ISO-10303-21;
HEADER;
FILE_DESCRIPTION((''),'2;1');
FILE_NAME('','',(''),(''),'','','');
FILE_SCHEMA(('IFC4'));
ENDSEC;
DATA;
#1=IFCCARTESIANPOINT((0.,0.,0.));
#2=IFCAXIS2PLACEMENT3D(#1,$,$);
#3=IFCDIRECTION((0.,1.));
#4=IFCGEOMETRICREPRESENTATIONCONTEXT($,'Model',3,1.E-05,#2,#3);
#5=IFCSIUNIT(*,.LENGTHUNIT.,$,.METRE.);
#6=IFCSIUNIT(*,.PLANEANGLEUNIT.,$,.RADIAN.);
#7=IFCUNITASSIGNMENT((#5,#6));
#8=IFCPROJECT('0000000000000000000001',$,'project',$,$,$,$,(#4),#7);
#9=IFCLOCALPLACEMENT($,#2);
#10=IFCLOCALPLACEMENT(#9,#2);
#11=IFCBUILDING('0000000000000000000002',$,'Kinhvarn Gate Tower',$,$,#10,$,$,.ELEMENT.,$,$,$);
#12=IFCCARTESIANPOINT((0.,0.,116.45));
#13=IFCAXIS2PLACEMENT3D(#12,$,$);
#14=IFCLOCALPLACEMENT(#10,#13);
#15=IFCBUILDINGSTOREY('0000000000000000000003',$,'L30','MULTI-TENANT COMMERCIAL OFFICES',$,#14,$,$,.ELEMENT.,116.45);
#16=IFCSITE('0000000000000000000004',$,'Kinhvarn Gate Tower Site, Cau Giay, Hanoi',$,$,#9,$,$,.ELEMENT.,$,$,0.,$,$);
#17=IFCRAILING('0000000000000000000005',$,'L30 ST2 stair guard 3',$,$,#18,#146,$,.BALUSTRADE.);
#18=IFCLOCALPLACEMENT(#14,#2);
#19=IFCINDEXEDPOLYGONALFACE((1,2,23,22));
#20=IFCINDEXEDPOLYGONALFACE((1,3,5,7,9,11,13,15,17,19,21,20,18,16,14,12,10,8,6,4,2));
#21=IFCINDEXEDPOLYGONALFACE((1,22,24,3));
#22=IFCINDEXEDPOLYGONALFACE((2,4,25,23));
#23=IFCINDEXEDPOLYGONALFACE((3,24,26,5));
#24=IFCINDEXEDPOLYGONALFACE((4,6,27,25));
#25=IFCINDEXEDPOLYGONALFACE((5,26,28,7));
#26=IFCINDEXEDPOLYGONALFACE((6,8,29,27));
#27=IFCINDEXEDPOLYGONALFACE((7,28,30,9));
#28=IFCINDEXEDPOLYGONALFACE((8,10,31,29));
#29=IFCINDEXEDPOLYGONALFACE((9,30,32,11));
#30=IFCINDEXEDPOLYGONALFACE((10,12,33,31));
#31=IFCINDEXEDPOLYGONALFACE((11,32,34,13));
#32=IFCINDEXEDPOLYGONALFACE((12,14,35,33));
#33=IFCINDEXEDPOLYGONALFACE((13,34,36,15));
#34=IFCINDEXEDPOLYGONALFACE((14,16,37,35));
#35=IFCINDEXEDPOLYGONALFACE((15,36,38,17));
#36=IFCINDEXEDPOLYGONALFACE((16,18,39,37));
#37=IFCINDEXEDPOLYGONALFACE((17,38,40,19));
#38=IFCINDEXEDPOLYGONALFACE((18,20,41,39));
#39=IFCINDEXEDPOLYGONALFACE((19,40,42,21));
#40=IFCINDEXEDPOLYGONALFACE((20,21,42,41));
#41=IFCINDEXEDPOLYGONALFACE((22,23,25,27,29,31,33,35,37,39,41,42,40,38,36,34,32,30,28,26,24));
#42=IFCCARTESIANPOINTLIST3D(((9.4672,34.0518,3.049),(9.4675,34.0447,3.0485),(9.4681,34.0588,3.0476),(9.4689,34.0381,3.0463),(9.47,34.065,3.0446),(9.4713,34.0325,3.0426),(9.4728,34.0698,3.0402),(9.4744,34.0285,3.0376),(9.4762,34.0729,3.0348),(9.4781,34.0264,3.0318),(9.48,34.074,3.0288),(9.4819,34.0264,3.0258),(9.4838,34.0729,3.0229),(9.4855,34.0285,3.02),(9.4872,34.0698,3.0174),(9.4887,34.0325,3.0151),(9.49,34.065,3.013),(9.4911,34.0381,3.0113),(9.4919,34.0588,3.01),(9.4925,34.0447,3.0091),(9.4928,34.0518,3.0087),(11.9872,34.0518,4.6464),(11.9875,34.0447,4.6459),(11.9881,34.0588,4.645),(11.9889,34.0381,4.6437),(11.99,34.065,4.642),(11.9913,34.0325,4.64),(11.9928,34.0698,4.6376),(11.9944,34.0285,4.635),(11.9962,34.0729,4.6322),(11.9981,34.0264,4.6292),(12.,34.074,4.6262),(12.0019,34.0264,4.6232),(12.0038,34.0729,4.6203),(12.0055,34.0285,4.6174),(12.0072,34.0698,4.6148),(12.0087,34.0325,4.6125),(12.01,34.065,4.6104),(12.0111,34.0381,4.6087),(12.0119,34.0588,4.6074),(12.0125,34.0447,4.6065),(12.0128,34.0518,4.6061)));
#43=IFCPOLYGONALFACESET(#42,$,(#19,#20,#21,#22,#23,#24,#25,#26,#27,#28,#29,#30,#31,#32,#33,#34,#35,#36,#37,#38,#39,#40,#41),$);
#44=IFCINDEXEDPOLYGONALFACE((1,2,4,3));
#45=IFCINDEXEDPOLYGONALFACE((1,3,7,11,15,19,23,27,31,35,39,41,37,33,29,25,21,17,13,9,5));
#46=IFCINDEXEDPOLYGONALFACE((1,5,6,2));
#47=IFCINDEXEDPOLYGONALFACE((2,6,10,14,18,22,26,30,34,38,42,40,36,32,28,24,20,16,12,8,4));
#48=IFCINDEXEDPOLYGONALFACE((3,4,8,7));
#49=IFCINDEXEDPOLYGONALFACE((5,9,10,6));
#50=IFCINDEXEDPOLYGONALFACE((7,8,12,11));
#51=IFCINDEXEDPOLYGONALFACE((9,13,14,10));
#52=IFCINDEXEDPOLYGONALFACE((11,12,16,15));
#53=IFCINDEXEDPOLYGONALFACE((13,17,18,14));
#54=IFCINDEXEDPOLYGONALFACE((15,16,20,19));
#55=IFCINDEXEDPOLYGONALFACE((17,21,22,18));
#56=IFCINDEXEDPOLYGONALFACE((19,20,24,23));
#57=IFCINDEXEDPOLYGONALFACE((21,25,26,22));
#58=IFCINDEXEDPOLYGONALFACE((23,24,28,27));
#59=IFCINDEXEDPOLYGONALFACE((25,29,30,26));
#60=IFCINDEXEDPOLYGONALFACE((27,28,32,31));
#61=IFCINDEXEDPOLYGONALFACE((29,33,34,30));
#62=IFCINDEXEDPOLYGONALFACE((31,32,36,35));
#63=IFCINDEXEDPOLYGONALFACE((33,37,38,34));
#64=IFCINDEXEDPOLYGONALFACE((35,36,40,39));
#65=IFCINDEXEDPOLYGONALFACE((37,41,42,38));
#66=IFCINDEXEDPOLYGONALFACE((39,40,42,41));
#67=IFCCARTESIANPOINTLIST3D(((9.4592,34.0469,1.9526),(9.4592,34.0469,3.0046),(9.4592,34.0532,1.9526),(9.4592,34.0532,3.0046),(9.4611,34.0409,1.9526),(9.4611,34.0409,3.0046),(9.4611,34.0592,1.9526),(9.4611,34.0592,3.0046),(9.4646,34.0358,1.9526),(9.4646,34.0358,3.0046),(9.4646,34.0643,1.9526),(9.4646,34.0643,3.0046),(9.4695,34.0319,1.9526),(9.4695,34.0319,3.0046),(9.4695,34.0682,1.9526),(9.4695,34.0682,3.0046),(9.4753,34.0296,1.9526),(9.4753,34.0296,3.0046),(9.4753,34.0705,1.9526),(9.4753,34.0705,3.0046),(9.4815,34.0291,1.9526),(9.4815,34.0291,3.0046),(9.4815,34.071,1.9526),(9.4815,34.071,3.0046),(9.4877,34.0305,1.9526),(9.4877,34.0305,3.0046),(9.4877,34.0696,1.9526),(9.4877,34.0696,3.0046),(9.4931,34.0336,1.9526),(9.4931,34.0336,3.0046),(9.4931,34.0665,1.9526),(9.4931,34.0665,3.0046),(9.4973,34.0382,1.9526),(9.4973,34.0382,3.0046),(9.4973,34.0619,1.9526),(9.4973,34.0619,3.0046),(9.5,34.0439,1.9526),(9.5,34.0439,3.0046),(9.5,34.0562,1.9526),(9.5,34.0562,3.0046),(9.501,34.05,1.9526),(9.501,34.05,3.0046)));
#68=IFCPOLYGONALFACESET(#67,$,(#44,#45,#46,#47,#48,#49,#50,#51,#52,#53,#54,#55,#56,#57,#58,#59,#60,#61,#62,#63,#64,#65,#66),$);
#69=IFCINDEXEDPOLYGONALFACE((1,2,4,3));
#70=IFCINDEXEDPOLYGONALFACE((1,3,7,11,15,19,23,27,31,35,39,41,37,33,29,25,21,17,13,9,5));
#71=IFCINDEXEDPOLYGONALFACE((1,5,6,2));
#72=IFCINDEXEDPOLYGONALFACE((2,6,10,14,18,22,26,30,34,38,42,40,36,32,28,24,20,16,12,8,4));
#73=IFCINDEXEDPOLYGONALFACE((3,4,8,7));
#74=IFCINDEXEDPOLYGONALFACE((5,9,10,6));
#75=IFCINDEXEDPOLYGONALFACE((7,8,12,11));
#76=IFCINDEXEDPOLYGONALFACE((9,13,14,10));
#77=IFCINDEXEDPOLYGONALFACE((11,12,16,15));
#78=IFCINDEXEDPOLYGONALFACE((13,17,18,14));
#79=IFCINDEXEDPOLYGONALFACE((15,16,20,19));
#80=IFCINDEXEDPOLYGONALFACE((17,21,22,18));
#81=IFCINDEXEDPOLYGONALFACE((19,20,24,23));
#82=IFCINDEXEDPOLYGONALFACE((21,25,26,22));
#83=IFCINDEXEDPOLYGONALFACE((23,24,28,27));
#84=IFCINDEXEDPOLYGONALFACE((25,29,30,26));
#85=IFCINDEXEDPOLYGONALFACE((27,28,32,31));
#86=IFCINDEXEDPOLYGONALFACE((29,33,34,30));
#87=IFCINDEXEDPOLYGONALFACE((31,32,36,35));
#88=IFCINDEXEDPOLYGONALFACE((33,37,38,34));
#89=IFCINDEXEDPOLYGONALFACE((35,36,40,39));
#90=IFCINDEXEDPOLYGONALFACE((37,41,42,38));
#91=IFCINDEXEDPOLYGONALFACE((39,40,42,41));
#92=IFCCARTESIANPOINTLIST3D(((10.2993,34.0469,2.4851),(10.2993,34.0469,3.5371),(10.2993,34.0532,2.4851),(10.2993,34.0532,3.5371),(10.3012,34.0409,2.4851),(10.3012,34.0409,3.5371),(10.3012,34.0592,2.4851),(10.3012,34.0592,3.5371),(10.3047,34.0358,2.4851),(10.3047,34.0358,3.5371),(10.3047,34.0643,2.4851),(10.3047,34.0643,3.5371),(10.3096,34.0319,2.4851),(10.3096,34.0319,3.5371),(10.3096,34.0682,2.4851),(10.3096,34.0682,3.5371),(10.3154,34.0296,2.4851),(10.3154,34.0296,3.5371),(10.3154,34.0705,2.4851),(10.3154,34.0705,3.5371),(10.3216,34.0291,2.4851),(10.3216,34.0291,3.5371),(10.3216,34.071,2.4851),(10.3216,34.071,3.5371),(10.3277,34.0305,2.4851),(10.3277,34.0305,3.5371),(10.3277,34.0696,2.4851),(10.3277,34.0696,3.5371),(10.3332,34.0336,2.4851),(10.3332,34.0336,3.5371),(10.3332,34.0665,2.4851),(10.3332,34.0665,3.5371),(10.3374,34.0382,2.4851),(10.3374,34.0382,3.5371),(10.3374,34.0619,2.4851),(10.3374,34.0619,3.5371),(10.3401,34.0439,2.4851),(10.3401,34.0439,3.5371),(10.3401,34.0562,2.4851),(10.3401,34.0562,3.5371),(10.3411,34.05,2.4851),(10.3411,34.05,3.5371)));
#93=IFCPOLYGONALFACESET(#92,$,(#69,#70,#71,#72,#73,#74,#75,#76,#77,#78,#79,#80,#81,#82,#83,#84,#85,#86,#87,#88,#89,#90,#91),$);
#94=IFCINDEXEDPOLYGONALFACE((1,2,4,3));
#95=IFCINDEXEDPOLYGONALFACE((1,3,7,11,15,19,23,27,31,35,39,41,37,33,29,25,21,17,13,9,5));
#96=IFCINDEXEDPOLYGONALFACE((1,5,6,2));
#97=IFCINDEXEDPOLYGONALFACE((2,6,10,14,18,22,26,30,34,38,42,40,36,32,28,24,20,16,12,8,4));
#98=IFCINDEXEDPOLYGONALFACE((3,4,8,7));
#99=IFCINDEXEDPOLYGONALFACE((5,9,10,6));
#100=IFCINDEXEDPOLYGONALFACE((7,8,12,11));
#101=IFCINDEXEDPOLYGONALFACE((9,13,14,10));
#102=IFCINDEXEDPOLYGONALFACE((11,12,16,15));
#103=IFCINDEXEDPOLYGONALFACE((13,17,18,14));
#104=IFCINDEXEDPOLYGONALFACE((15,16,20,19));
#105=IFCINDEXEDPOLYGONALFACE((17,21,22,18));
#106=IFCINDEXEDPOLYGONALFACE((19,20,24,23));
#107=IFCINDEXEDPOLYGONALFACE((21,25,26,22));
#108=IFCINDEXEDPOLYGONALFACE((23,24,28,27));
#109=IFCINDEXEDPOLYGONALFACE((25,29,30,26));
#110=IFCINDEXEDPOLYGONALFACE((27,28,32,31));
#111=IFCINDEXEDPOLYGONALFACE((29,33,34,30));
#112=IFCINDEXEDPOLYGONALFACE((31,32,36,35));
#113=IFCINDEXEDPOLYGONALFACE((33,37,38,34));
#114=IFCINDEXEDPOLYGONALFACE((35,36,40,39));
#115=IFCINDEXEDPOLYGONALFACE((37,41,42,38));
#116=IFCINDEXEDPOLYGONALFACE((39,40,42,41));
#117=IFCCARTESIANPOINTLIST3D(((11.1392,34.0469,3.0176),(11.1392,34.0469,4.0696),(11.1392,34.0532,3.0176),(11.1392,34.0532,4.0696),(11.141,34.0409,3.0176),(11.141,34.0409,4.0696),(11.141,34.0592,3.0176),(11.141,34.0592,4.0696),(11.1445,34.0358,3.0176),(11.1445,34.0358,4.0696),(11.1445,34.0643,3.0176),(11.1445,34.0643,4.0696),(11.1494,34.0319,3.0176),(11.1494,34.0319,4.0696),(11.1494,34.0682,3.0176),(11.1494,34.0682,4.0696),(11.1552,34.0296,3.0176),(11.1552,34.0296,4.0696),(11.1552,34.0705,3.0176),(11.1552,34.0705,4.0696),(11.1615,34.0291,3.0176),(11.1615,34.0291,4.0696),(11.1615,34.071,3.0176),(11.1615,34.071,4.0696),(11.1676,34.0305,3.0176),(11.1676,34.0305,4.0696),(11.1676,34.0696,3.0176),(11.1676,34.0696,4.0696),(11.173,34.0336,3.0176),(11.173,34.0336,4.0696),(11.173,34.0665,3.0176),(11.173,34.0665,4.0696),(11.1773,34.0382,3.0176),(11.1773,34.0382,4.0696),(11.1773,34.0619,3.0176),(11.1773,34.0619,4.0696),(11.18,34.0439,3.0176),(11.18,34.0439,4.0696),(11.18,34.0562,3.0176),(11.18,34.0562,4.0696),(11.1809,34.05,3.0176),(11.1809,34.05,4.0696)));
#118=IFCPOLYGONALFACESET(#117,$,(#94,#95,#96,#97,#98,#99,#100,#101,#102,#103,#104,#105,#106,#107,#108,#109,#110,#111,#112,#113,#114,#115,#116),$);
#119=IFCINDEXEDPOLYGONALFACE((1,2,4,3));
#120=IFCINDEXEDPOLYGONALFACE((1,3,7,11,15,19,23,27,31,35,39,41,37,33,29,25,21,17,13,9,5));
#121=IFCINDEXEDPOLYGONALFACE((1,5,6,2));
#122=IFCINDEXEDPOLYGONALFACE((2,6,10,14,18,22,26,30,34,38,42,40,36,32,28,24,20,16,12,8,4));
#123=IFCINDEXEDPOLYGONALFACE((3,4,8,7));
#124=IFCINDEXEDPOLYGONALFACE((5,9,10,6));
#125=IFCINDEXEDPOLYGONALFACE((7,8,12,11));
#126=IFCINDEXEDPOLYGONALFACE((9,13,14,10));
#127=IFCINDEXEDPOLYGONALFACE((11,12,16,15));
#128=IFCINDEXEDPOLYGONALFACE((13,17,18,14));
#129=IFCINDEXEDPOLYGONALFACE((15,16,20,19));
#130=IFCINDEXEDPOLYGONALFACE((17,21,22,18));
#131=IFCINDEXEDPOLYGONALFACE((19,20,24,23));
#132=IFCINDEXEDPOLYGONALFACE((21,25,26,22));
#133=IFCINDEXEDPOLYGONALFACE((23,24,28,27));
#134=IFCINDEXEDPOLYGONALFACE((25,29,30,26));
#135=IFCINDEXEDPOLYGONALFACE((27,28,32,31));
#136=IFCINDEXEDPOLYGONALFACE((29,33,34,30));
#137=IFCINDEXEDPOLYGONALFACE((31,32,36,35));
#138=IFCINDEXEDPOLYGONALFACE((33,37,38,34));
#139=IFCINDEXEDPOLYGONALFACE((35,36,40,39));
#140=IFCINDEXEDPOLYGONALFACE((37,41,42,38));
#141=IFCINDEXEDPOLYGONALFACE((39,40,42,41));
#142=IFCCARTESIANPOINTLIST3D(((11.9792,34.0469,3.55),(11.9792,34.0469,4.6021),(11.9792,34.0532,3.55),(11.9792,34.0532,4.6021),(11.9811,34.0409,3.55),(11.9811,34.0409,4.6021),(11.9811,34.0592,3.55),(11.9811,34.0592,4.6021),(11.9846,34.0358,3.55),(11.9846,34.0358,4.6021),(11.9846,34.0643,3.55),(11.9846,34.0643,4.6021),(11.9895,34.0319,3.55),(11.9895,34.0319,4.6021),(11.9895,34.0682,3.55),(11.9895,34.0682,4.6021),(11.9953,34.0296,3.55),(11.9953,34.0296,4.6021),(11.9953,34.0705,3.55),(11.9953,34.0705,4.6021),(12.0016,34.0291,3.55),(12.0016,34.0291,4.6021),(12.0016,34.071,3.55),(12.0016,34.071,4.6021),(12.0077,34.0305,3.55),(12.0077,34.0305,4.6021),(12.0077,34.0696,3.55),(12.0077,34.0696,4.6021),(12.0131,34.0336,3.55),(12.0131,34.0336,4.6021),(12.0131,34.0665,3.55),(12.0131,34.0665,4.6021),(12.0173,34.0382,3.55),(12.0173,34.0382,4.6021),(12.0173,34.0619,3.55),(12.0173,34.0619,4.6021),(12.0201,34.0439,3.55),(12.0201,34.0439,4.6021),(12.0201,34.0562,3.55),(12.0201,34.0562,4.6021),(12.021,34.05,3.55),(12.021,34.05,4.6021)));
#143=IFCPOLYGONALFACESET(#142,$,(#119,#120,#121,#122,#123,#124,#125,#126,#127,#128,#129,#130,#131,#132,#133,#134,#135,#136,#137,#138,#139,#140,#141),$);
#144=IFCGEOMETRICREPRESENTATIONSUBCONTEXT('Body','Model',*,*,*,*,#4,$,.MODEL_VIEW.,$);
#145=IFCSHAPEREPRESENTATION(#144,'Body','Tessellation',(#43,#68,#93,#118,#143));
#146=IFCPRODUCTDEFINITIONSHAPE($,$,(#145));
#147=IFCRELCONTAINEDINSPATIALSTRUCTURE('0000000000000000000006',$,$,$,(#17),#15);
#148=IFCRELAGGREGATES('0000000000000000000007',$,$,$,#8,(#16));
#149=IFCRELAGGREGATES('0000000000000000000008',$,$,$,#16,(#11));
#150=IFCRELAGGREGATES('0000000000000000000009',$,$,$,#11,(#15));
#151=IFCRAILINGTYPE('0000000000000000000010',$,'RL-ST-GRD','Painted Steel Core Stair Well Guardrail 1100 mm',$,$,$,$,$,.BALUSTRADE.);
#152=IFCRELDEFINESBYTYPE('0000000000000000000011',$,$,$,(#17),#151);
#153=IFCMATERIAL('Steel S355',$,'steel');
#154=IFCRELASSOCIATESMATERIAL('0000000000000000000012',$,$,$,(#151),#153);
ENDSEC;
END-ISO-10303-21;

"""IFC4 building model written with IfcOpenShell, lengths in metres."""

from ifc_helpers import new_model, si_unit, direction, frame, origin, origin_2d, place, context, subcontext, project, spatial, circle, extrude, material, type_object, element, save


model = new_model("IFC4")

# Units and contexts
model_context = context("Model", 3, precision=1e-05, world=origin(), true_north=direction((0.0, 1.0)))
body_context = subcontext(model_context, "Body", "Model", "MODEL_VIEW")
ifc_project = project(units=[si_unit("LENGTHUNIT", "METRE"), si_unit("PLANEANGLEUNIT", "RADIAN")], contexts=[model_context])

# Site, building, storey
site_placement = place(None, origin())
site = spatial("IfcSite", under=ifc_project, at=site_placement, Name="Kinhvarn Gate Tower Site, Cau Giay, Hanoi", CompositionType="ELEMENT", RefElevation=0.0)
building_placement = place(site_placement, origin())
building = spatial("IfcBuilding", under=site, at=building_placement, Name="Kinhvarn Gate Tower", CompositionType="ELEMENT")
storey_placement = place(building_placement, frame((0.0, 0.0, 116.45)))
storey = spatial("IfcBuildingStorey", under=building, at=storey_placement, Name="L30", Description="MULTI-TENANT COMMERCIAL OFFICES", CompositionType="ELEMENT", Elevation=116.45)

# Shared definitions
ifc_material_1 = material(Name="Steel S355", Category="steel")

# Railing
railing_type_1 = type_object("IfcRailingType", Name="RL-ST-GRD", Description="Painted Steel Core Stair Well Guardrail 1100 mm", PredefinedType="BALUSTRADE", material=ifc_material_1)
railing_1_placement = place(storey_placement, frame((9.48, 34.05, 1.9526)))
element("IfcRailing", 1, at=railing_1_placement, inside=storey, type_object=railing_type_1, Name="L30 ST2 stair guard 3", PredefinedType="BALUSTRADE", context=body_context, shape_type="SweptSolid", body=[
    extrude(circle(Radius=0.0239, at=origin_2d()), frame((0.0, 0.0, 1.0762), z_axis=(0.844607, 0.0, 0.535387), x_axis=(0.0, 1.0, 0.0)), (0.0, 0.0, 1.0), 2.9836),
    extrude(circle(Radius=0.021, at=origin_2d()), origin(), (0.0, 0.0, 1.0), 1.052),
    extrude(circle(Radius=0.021, at=origin_2d()), frame((0.8401, 0.0, 0.5325)), (0.0, 0.0, 1.0), 1.052),
    extrude(circle(Radius=0.021, at=origin_2d()), frame((1.6799, 0.0, 1.0649)), (0.0, 0.0, 1.0), 1.052),
    extrude(circle(Radius=0.021, at=origin_2d()), frame((2.52, 0.0, 1.5974)), (0.0, 0.0, 1.0), 1.052),
])

save(model, "model.ifc")
